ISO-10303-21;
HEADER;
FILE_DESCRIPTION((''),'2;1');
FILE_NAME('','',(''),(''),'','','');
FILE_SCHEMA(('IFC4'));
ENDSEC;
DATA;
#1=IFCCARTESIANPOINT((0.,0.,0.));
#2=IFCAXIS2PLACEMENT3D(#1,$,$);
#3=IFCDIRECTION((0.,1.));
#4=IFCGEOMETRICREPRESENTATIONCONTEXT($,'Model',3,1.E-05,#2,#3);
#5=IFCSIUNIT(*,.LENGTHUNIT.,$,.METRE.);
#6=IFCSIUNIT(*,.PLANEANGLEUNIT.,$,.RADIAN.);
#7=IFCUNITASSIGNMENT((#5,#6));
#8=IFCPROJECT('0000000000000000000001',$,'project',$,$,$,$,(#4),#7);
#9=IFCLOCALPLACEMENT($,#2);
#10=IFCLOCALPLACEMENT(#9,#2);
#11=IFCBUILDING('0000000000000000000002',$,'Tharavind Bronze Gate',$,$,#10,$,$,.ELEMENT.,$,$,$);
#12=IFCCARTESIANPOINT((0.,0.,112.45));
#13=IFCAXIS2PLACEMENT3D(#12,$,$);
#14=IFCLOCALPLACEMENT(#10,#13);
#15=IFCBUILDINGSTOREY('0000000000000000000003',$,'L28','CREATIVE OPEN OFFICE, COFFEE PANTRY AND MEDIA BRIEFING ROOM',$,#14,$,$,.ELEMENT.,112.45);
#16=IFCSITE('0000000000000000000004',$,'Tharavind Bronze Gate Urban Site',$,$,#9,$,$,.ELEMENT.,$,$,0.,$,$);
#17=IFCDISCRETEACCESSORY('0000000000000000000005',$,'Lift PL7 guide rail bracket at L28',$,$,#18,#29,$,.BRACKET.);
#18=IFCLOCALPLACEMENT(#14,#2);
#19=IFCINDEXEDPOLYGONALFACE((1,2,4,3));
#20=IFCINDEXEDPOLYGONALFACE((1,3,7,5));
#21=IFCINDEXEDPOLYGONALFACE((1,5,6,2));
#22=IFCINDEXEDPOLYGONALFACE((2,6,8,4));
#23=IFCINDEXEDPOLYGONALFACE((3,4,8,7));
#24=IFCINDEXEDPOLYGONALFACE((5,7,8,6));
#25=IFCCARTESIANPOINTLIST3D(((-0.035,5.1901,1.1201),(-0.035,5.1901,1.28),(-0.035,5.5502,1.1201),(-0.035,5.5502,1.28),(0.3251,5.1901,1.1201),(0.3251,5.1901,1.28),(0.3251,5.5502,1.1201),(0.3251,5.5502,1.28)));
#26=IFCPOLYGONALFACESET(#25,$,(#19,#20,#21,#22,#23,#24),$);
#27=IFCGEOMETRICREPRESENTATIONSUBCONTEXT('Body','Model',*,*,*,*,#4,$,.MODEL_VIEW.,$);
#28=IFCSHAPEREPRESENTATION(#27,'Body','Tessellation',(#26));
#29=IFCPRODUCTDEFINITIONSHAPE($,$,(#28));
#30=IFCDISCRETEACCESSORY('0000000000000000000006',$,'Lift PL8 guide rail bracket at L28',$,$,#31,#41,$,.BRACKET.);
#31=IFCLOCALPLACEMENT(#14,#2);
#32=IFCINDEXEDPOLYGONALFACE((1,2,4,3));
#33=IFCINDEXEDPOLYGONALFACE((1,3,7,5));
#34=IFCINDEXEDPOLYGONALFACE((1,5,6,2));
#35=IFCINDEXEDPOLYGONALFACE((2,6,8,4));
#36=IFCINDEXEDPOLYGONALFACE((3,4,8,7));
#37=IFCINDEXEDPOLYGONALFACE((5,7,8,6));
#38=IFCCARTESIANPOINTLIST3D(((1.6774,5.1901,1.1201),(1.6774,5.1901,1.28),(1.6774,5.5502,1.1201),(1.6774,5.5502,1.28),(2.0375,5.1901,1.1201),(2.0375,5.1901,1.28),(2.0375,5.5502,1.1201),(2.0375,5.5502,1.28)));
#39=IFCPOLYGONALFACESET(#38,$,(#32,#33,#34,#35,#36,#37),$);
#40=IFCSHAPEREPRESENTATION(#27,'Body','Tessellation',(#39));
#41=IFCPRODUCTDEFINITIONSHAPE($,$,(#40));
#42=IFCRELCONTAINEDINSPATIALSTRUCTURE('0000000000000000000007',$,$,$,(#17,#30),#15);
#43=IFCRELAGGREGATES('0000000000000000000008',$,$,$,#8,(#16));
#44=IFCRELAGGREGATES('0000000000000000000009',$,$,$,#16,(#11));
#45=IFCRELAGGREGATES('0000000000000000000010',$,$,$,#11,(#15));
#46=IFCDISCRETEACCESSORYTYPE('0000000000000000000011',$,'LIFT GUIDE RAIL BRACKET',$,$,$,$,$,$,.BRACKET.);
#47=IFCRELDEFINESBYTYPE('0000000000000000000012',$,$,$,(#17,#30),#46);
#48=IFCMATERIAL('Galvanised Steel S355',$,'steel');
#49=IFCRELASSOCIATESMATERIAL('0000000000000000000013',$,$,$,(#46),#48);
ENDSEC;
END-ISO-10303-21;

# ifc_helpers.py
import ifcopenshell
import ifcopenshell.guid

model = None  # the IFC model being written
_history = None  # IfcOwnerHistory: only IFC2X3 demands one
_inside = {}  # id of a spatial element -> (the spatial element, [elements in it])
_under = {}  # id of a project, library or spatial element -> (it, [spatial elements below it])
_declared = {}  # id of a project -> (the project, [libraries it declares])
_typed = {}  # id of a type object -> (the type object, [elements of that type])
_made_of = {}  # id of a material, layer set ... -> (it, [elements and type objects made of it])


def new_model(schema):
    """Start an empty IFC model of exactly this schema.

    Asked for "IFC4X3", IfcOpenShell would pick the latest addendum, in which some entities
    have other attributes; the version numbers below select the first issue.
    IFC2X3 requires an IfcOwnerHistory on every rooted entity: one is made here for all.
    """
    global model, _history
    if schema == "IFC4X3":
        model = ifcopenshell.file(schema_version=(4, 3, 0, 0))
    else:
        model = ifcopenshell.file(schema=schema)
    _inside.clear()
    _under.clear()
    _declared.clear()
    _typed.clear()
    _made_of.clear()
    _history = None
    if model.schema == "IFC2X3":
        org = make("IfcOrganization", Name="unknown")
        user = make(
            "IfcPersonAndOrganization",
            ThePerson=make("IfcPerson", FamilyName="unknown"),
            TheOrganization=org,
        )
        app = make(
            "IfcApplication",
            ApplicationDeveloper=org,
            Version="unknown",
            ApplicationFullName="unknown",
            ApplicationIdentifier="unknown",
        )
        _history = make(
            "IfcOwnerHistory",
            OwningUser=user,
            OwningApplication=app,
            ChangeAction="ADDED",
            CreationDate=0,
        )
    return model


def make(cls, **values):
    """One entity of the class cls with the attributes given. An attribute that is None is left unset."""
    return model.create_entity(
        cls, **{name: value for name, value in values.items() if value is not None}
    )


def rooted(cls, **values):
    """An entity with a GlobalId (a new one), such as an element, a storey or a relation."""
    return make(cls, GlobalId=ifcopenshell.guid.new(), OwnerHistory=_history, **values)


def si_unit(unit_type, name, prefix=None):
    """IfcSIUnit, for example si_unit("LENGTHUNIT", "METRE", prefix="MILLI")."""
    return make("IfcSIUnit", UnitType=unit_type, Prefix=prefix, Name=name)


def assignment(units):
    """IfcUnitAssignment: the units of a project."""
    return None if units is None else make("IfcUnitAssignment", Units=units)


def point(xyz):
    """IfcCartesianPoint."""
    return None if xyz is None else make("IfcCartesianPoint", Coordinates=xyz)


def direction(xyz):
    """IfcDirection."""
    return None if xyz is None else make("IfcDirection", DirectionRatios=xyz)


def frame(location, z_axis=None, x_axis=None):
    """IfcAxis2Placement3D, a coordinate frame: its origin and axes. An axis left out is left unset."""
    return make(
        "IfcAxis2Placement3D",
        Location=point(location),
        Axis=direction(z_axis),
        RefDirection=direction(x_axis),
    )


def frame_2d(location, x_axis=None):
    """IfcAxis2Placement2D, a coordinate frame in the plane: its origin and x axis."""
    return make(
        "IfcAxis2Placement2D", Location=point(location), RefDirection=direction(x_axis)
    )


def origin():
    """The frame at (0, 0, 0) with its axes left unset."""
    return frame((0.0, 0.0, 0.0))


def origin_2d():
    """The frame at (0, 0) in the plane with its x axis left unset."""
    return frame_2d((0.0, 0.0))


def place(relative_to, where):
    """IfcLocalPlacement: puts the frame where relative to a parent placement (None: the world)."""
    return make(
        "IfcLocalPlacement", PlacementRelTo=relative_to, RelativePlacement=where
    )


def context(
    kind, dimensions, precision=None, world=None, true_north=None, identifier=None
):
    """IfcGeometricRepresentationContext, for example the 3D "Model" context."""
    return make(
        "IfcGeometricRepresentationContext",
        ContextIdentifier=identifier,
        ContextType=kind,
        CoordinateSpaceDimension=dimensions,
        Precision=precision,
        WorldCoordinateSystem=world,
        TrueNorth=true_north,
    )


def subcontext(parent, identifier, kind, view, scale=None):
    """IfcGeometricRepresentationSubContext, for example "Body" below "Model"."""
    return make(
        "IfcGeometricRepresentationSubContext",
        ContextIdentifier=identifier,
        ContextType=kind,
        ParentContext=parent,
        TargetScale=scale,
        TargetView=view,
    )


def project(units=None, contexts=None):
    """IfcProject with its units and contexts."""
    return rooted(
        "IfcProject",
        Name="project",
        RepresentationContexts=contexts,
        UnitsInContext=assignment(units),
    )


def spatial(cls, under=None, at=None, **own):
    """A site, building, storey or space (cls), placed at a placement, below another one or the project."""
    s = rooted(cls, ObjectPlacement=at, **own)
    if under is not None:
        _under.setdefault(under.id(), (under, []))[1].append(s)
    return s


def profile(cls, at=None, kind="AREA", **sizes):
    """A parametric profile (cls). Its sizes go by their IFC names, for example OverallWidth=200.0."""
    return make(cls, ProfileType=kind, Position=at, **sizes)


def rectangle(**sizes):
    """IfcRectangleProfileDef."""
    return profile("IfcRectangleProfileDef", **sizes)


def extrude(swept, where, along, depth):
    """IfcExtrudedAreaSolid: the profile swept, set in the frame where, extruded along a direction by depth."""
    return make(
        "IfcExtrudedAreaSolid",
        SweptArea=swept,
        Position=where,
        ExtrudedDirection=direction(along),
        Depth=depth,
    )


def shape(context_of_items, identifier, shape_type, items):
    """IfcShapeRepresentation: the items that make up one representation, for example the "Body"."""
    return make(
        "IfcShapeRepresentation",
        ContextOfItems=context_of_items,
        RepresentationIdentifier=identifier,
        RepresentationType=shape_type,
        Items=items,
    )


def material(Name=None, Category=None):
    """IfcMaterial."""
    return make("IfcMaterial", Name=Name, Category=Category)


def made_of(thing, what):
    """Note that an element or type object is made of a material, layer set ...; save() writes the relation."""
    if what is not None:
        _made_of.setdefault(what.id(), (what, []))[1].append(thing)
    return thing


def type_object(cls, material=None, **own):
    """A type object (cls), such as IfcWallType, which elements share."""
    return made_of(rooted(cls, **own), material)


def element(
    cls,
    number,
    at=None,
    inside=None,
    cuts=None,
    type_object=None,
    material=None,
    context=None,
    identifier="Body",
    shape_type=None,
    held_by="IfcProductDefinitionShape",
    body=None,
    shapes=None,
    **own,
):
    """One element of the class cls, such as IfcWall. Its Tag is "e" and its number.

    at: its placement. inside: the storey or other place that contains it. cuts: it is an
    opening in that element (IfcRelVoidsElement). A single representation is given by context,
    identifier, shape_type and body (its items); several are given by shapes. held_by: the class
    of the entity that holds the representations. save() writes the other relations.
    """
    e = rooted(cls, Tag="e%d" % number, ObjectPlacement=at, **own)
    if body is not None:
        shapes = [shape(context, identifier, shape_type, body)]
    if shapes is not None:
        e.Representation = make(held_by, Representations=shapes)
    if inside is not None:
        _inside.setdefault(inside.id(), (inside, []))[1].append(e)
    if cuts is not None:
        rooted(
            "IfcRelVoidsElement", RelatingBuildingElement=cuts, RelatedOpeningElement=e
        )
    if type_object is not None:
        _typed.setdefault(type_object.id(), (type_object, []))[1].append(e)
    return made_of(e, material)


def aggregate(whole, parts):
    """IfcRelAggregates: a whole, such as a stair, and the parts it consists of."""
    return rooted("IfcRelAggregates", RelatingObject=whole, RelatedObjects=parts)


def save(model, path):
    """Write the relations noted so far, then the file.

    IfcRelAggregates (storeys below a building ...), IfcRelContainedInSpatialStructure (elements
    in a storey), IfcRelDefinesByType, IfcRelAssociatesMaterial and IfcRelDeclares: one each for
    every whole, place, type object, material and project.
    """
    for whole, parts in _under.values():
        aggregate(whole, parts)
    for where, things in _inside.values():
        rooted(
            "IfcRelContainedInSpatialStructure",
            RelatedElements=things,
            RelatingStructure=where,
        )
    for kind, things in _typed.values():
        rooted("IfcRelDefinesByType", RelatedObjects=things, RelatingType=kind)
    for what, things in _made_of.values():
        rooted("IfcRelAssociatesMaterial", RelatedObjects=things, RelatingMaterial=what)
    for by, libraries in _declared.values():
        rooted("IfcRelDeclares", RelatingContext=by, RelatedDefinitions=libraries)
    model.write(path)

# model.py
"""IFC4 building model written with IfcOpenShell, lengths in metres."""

from ifc_helpers import new_model, si_unit, direction, frame, origin, origin_2d, place, context, subcontext, project, spatial, rectangle, extrude, material, type_object, element, save


model = new_model("IFC4")

# Units and contexts
model_context = context("Model", 3, precision=1e-05, world=origin(), true_north=direction((0.0, 1.0)))
body_context = subcontext(model_context, "Body", "Model", "MODEL_VIEW")
ifc_project = project(units=[si_unit("LENGTHUNIT", "METRE"), si_unit("PLANEANGLEUNIT", "RADIAN")], contexts=[model_context])

# Site, building, storey
site_placement = place(None, origin())
site = spatial("IfcSite", under=ifc_project, at=site_placement, Name="Tharavind Bronze Gate Urban Site", CompositionType="ELEMENT", RefElevation=0.0)
building_placement = place(site_placement, origin())
building = spatial("IfcBuilding", under=site, at=building_placement, Name="Tharavind Bronze Gate", CompositionType="ELEMENT")
storey_placement = place(building_placement, frame((0.0, 0.0, 112.45)))
storey = spatial("IfcBuildingStorey", under=building, at=storey_placement, Name="L28", Description="CREATIVE OPEN OFFICE, COFFEE PANTRY AND MEDIA BRIEFING ROOM", CompositionType="ELEMENT", Elevation=112.45)

# Discrete accessories
ifc_material_1 = material(Name="Galvanised Steel S355", Category="steel")
discrete_accessory_type = type_object("IfcDiscreteAccessoryType", Name="LIFT GUIDE RAIL BRACKET", PredefinedType="BRACKET", material=ifc_material_1)
for number, where, z_axis, x_axis, name in (
    (1, (0.145, 5.3701, 1.1201), (0.0, 0.0, 1.0), (1.0, 0.0, 0.0), "Lift PL7 guide rail bracket at L28"),
    (2, (1.8574, 5.3701, 1.1201), (0.0, 0.0, 1.0), (1.0, 0.0, 0.0), "Lift PL8 guide rail bracket at L28"),
):
    element("IfcDiscreteAccessory", number, at=place(storey_placement, frame(where, z_axis=z_axis, x_axis=x_axis)), inside=storey, type_object=discrete_accessory_type, Name=name, PredefinedType="BRACKET", context=body_context, shape_type="SweptSolid", body=[
        extrude(rectangle(XDim=0.3601, YDim=0.3601, at=origin_2d()), origin(), (0.0, 0.0, 1.0), 0.1599),
    ])

save(model, "model.ifc")
